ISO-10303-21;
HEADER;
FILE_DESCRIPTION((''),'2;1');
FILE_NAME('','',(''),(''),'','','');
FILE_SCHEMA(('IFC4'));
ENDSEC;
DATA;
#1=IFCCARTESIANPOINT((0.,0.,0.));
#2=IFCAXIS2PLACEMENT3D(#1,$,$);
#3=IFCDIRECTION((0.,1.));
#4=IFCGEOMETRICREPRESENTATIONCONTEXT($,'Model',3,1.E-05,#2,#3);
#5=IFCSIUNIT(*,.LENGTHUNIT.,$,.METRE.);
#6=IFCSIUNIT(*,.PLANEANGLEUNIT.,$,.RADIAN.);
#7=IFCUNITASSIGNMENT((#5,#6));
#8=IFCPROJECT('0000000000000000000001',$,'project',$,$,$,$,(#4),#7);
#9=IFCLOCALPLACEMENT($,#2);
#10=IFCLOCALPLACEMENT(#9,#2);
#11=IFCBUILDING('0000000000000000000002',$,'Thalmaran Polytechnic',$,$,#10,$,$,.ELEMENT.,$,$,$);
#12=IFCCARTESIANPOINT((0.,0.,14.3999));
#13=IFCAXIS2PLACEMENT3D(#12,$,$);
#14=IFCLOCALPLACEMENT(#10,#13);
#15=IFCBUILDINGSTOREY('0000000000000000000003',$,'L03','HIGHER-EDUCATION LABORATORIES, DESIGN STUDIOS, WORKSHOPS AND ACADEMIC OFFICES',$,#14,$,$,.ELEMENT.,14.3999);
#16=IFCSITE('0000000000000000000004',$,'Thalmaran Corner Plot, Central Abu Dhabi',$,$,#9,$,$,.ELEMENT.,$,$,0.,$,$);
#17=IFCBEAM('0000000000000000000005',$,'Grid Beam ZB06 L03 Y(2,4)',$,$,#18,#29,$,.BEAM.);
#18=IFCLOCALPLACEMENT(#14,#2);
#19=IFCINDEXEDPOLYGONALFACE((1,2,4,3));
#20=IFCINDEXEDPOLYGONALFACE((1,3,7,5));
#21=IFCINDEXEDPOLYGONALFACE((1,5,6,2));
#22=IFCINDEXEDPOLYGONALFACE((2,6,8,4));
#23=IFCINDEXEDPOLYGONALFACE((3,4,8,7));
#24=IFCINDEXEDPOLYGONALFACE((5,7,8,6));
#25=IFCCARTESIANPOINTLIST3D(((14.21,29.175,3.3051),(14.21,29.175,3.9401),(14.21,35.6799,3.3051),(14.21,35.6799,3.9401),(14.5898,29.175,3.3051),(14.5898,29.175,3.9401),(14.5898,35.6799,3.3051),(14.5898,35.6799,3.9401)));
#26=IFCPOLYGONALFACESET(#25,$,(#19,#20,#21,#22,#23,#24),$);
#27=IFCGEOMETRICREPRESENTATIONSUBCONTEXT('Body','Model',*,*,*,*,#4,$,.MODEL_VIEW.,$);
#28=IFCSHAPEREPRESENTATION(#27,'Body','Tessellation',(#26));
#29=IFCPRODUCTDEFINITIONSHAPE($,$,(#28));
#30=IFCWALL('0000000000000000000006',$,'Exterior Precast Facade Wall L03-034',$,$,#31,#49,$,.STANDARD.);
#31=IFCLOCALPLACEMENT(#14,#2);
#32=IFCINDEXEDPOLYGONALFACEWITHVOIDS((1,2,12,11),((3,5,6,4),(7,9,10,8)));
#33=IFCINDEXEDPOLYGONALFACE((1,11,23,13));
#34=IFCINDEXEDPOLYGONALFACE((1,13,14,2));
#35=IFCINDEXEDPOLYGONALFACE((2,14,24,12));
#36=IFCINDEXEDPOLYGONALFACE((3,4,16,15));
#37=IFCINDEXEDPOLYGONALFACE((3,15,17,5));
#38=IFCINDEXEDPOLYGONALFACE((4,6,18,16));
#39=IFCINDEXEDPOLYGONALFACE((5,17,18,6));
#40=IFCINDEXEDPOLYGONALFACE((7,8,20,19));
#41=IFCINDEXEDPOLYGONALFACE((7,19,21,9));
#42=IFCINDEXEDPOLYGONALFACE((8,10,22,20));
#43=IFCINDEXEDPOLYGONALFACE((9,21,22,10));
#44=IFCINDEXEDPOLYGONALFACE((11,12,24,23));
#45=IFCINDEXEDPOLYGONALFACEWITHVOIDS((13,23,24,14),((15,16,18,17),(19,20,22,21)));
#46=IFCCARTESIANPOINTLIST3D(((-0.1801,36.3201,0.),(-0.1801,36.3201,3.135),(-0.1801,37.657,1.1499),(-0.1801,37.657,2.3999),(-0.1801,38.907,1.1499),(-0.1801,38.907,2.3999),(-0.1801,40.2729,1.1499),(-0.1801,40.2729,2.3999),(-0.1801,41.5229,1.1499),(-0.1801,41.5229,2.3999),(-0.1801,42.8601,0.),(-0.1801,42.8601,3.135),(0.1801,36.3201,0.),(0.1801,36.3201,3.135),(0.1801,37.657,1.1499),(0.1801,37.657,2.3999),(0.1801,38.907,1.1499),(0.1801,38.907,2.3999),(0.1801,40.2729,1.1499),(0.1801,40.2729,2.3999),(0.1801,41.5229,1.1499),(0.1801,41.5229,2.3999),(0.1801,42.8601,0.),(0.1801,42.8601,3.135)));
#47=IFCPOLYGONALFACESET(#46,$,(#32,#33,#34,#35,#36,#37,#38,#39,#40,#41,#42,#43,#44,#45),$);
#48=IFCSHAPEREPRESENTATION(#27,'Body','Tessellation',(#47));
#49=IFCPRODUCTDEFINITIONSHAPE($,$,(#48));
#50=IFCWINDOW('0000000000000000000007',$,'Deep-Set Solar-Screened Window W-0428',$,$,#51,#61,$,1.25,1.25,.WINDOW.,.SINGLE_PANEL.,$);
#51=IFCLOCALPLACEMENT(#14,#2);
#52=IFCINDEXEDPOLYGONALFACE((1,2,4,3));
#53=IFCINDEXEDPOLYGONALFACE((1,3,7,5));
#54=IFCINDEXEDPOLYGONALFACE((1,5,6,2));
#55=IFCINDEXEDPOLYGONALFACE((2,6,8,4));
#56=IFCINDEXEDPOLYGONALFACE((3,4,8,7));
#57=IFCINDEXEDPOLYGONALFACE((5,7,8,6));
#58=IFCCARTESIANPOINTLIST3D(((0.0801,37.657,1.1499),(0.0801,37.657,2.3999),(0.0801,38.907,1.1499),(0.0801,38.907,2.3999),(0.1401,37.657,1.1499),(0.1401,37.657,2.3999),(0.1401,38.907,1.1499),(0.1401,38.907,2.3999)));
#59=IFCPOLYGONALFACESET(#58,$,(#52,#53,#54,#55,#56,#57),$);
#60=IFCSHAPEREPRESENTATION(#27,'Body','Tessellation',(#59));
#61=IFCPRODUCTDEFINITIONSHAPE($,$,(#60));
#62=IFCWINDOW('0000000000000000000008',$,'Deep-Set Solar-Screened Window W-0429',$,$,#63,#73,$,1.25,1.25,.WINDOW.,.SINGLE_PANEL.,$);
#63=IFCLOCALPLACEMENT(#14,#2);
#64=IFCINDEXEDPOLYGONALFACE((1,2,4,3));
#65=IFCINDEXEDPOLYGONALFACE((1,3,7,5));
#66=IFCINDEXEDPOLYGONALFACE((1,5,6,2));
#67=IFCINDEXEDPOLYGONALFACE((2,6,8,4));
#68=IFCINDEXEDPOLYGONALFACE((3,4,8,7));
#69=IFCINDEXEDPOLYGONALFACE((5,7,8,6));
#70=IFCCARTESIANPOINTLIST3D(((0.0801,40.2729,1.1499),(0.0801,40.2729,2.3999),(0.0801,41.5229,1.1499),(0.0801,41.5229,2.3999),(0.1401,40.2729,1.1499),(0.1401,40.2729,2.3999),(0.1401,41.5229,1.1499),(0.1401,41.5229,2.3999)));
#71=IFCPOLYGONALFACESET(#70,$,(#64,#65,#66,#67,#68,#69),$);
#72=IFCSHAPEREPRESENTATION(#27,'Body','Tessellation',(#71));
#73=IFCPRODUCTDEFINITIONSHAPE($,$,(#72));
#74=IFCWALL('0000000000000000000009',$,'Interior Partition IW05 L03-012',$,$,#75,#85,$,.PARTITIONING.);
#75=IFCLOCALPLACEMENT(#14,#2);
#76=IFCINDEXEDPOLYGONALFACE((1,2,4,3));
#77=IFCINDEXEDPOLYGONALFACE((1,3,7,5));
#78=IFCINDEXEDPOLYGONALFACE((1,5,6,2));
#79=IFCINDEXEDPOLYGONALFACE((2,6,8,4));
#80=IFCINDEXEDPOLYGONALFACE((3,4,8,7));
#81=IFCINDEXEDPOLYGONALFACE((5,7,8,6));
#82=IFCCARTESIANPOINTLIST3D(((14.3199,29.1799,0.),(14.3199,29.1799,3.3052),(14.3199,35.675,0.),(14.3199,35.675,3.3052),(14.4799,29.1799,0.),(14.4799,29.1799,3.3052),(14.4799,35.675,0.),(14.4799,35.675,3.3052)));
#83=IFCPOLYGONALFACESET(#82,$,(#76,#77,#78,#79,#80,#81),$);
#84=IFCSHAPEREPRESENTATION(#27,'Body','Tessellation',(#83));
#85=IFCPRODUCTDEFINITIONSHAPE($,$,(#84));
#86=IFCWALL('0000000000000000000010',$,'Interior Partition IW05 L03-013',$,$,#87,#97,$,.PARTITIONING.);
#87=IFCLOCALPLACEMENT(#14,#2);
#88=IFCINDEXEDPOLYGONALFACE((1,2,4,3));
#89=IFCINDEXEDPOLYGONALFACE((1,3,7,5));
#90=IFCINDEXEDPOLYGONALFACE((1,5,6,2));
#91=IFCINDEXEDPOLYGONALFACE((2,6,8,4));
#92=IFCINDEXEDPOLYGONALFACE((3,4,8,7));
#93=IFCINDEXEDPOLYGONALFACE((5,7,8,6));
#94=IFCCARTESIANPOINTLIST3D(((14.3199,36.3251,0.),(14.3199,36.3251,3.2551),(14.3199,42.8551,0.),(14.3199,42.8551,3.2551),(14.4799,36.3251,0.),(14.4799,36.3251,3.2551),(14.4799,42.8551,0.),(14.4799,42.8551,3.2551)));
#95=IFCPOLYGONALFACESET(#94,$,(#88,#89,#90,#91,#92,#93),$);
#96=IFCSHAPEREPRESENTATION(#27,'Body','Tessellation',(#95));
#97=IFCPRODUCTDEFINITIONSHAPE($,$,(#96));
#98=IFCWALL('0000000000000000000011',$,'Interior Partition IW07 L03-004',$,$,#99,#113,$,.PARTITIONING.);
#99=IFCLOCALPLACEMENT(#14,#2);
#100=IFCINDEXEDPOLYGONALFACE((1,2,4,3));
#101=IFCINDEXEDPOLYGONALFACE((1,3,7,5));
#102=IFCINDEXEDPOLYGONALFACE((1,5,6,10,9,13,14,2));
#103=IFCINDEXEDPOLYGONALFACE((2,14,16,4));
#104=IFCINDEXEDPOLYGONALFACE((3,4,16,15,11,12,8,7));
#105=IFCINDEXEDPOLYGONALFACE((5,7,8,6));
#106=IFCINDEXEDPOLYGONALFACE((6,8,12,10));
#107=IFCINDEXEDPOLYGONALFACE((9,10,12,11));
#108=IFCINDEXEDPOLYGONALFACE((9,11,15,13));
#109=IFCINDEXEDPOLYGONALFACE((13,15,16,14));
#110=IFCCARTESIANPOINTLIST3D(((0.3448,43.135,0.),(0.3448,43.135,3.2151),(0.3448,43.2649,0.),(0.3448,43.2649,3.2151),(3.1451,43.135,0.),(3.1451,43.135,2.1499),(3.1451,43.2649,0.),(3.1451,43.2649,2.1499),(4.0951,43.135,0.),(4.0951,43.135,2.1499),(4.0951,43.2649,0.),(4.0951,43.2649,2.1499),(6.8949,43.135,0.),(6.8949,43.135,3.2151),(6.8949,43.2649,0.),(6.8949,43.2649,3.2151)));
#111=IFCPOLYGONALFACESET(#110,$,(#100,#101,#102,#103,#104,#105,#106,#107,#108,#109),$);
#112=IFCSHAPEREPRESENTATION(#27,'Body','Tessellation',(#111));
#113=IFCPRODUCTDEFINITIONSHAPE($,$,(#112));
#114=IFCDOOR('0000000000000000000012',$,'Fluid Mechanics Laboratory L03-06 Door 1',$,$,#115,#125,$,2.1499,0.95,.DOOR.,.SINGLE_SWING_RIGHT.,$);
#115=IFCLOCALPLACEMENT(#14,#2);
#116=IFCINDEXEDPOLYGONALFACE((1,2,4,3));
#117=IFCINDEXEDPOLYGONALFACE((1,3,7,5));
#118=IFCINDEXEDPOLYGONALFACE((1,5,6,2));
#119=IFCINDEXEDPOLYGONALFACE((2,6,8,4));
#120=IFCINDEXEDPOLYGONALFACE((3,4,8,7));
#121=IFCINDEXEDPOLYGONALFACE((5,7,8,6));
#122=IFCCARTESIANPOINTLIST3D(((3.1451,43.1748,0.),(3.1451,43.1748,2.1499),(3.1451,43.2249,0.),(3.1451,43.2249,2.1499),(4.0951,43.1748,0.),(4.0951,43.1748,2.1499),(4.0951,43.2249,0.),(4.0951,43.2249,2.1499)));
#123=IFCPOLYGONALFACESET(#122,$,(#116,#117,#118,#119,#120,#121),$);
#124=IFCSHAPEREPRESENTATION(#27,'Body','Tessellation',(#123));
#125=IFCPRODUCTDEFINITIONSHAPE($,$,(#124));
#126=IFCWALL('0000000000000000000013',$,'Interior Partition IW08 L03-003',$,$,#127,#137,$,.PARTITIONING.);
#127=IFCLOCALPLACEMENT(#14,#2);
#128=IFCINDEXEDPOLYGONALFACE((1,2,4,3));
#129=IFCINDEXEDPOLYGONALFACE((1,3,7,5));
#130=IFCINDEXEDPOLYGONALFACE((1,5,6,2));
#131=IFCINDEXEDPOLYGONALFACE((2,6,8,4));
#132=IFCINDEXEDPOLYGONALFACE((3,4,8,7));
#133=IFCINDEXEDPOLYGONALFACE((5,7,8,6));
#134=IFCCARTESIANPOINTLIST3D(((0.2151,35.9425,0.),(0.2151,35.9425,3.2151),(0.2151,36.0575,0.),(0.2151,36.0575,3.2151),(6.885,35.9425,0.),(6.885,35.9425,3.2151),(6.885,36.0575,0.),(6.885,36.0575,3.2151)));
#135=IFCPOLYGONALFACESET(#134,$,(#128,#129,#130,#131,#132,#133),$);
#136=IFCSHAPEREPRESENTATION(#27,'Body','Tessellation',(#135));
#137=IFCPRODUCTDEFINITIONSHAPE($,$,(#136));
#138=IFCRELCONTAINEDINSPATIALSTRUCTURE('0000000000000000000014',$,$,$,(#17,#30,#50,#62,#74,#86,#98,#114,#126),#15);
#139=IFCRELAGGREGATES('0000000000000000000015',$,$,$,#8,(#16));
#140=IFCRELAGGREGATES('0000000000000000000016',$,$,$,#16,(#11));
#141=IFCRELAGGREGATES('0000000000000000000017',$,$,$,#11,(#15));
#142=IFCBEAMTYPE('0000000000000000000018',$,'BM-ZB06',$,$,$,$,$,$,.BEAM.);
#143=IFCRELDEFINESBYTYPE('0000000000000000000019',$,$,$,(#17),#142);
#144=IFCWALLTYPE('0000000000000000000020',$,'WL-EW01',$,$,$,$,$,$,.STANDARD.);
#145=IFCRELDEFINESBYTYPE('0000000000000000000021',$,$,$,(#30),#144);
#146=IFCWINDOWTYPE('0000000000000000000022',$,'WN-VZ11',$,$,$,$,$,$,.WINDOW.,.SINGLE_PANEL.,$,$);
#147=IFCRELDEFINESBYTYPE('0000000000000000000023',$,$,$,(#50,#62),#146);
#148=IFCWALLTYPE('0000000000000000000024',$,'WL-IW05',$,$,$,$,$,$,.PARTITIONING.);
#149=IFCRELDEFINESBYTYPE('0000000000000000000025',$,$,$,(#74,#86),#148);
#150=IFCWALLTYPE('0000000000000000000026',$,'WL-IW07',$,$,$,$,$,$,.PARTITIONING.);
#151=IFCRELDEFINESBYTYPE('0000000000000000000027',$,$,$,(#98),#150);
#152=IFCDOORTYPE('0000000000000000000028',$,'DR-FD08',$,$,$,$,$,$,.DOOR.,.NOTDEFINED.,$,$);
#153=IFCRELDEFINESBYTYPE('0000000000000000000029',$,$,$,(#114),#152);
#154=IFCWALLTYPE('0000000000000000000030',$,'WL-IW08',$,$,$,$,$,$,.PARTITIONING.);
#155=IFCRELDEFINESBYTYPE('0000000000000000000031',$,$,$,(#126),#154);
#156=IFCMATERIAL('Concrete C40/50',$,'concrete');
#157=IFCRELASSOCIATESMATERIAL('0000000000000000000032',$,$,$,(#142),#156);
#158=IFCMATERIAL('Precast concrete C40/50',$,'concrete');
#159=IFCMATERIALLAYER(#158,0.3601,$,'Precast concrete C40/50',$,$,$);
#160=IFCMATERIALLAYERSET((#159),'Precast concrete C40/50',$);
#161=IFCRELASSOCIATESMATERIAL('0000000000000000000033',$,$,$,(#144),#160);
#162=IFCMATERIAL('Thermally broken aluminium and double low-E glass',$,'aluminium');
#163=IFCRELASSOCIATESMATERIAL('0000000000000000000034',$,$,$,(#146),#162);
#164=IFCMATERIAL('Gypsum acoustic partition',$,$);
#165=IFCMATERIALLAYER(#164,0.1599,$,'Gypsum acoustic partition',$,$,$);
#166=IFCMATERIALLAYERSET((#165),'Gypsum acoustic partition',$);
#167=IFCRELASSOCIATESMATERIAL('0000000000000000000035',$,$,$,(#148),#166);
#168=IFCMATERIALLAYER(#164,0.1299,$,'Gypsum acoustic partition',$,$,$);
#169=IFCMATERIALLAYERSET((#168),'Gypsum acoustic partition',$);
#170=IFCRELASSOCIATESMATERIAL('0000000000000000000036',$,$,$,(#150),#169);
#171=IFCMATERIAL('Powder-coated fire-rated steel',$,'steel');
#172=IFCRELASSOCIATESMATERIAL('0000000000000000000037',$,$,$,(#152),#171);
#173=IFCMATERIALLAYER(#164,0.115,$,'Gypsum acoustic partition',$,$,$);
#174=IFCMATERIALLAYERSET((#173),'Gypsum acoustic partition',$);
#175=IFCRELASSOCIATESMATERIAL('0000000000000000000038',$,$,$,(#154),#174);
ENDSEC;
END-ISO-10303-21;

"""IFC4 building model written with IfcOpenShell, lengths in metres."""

from ifc_helpers import new_model, si_unit, direction, frame, frame_2d, origin, origin_2d, place, context, subcontext, project, spatial, rectangle, extrude, material, layer, layer_set, material_profile, profile_set, type_object, element, fill, save


model = new_model("IFC4")

# Units and contexts
model_context = context("Model", 3, precision=1e-05, world=origin(), true_north=direction((0.0, 1.0)))
body_context = subcontext(model_context, "Body", "Model", "MODEL_VIEW")
ifc_project = project(units=[si_unit("LENGTHUNIT", "METRE"), si_unit("PLANEANGLEUNIT", "RADIAN")], contexts=[model_context])

# Site, building, storey
site_placement = place(None, origin())
site = spatial("IfcSite", under=ifc_project, at=site_placement, Name="Thalmaran Corner Plot, Central Abu Dhabi", CompositionType="ELEMENT", RefElevation=0.0)
building_placement = place(site_placement, origin())
building = spatial("IfcBuilding", under=site, at=building_placement, Name="Thalmaran Polytechnic", CompositionType="ELEMENT")
storey_placement = place(building_placement, frame((0.0, 0.0, 14.3999)))
storey = spatial("IfcBuildingStorey", under=building, at=storey_placement, Name="L03", Description="HIGHER-EDUCATION LABORATORIES, DESIGN STUDIOS, WORKSHOPS AND ACADEMIC OFFICES", CompositionType="ELEMENT", Elevation=14.3999)

# Shared definitions
ifc_material_1 = material(Name="Concrete C40/50", Category="concrete")

# Beam
ifc_material_profile_1 = material_profile(ifc_material_1, rectangle(XDim=0.3799, YDim=0.635, at=origin_2d()), Name="RC 380x635")
ifc_profile_set_1 = profile_set([ifc_material_profile_1], Name="Concrete C40/50")
beam_type_1 = type_object("IfcBeamType", Name="BM-ZB06", PredefinedType="BEAM", material=ifc_profile_set_1)
beam_1_placement = place(storey_placement, frame((14.3999, 29.175, 3.6226), z_axis=(0.0, 1.0, 0.0), x_axis=(-1.0, 0.0, 0.0)))
element("IfcBeam", 1, at=beam_1_placement, inside=storey, type_object=beam_type_1, Name="Grid Beam ZB06 L03 Y(2,4)", PredefinedType="BEAM", context=body_context, shape_type="SweptSolid", body=[
    extrude(rectangle(XDim=0.3799, YDim=0.635, at=origin_2d()), origin(), (0.0, 0.0, 1.0), 6.5049),
])

# Wall, openings, windows
ifc_material_2 = material(Name="Precast concrete C40/50", Category="concrete")
ifc_layer_1 = layer(ifc_material_2, 0.3601, Name="Precast concrete C40/50")
ifc_layer_set_1 = layer_set([ifc_layer_1], Name="Precast concrete C40/50")
wall_type_1 = type_object("IfcWallType", Name="WL-EW01", PredefinedType="STANDARD", material=ifc_layer_set_1)
wall_1_placement = place(storey_placement, frame((0.0, 36.3201, 0.0), z_axis=(0.0, 0.0, 1.0), x_axis=(0.0, 1.0, 0.0)))
wall_1 = element("IfcWall", 2, at=wall_1_placement, inside=storey, type_object=wall_type_1, Name="Exterior Precast Facade Wall L03-034", PredefinedType="STANDARD", context=body_context, shape_type="SweptSolid", body=[
    extrude(rectangle(XDim=6.54, YDim=0.3601, at=frame_2d((3.27, 0.0))), origin(), (0.0, 0.0, 1.0), 3.135),
])
opening_1_placement = place(wall_1_placement, frame((1.3369, 0.0, 1.1499)))
opening_1 = element("IfcOpeningElement", 3, at=opening_1_placement, cuts=wall_1, PredefinedType="OPENING", context=body_context, shape_type="SweptSolid", body=[
    extrude(rectangle(XDim=1.25, YDim=1.25, at=frame_2d((0.625, 0.625))), frame((0.0, 0.1899, 0.0), z_axis=(0.0, -1.0, 0.0), x_axis=(1.0, 0.0, 0.0)), (0.0, 0.0, 1.0), 0.3801),
])
opening_2_placement = place(wall_1_placement, frame((3.9529, 0.0, 1.1499)))
opening_2 = element("IfcOpeningElement", 4, at=opening_2_placement, cuts=wall_1, PredefinedType="OPENING", context=body_context, shape_type="SweptSolid", body=[
    extrude(rectangle(XDim=1.25, YDim=1.25, at=frame_2d((0.625, 0.625))), frame((0.0, 0.1899, 0.0), z_axis=(0.0, -1.0, 0.0), x_axis=(1.0, 0.0, 0.0)), (0.0, 0.0, 1.0), 0.3801),
])
ifc_material_3 = material(Name="Thermally broken aluminium and double low-E glass", Category="aluminium")
window_type = type_object("IfcWindowType", Name="WN-VZ11", PartitioningType="SINGLE_PANEL", PredefinedType="WINDOW", material=ifc_material_3)
window_1_placement = place(opening_1_placement, origin())
window_1 = element("IfcWindow", 5, at=window_1_placement, inside=storey, type_object=window_type, Name="Deep-Set Solar-Screened Window W-0428", OverallHeight=1.25, OverallWidth=1.25, PartitioningType="SINGLE_PANEL", PredefinedType="WINDOW", context=body_context, shape_type="SweptSolid", body=[
    extrude(rectangle(XDim=1.25, YDim=1.25, at=frame_2d((0.625, 0.625))), frame((0.0, -0.0801, 0.0), z_axis=(0.0, -1.0, 0.0), x_axis=(1.0, 0.0, 0.0)), (0.0, 0.0, 1.0), 0.0601),
])
fill(opening_1, window_1)
window_2_placement = place(opening_2_placement, origin())
window_2 = element("IfcWindow", 6, at=window_2_placement, inside=storey, type_object=window_type, Name="Deep-Set Solar-Screened Window W-0429", OverallHeight=1.25, OverallWidth=1.25, PartitioningType="SINGLE_PANEL", PredefinedType="WINDOW", context=body_context, shape_type="SweptSolid", body=[
    extrude(rectangle(XDim=1.25, YDim=1.25, at=frame_2d((0.625, 0.625))), frame((0.0, -0.0801, 0.0), z_axis=(0.0, -1.0, 0.0), x_axis=(1.0, 0.0, 0.0)), (0.0, 0.0, 1.0), 0.0601),
])
fill(opening_2, window_2)

# Walls
ifc_material_4 = material(Name="Gypsum acoustic partition")
ifc_layer_2 = layer(ifc_material_4, 0.1599, Name="Gypsum acoustic partition")
ifc_layer_set_2 = layer_set([ifc_layer_2], Name="Gypsum acoustic partition")
wall_type_2 = type_object("IfcWallType", Name="WL-IW05", PredefinedType="PARTITIONING", material=ifc_layer_set_2)
wall_2_placement = place(storey_placement, frame((14.3999, 29.1799, 0.0), z_axis=(0.0, 0.0, 1.0), x_axis=(0.0, 1.0, 0.0)))
element("IfcWall", 7, at=wall_2_placement, inside=storey, type_object=wall_type_2, Name="Interior Partition IW05 L03-012", PredefinedType="PARTITIONING", context=body_context, shape_type="SweptSolid", body=[
    extrude(rectangle(XDim=6.4951, YDim=0.1599, at=frame_2d((3.2476, 0.0))), origin(), (0.0, 0.0, 1.0), 3.3052),
])
wall_3_placement = place(storey_placement, frame((14.3999, 36.325, 0.0), z_axis=(0.0, 0.0, 1.0), x_axis=(0.0, 1.0, 0.0)))
element("IfcWall", 8, at=wall_3_placement, inside=storey, type_object=wall_type_2, Name="Interior Partition IW05 L03-013", PredefinedType="PARTITIONING", context=body_context, shape_type="SweptSolid", body=[
    extrude(rectangle(XDim=6.53, YDim=0.1599, at=frame_2d((3.2651, 0.0))), origin(), (0.0, 0.0, 1.0), 3.2551),
])

# Wall, opening, door
ifc_layer_3 = layer(ifc_material_4, 0.1299, Name="Gypsum acoustic partition")
ifc_layer_set_3 = layer_set([ifc_layer_3], Name="Gypsum acoustic partition")
wall_type_3 = type_object("IfcWallType", Name="WL-IW07", PredefinedType="PARTITIONING", material=ifc_layer_set_3)
wall_4_placement = place(storey_placement, frame((0.345, 43.2, 0.0), z_axis=(0.0, 0.0, 1.0), x_axis=(1.0, 0.0, 0.0)))
wall_4 = element("IfcWall", 9, at=wall_4_placement, inside=storey, type_object=wall_type_3, Name="Interior Partition IW07 L03-004", PredefinedType="PARTITIONING", context=body_context, shape_type="SweptSolid", body=[
    extrude(rectangle(XDim=6.55, YDim=0.1299, at=frame_2d((3.2749, 0.0))), origin(), (0.0, 0.0, 1.0), 3.2151),
])
opening_3_placement = place(wall_4_placement, frame((2.8, 0.0, 0.0)))
opening_3 = element("IfcOpeningElement", 10, at=opening_3_placement, cuts=wall_4, PredefinedType="OPENING", context=body_context, shape_type="SweptSolid", body=[
    extrude(rectangle(XDim=0.95, YDim=2.1499, at=frame_2d((0.4751, 1.075))), frame((0.0, 0.075, 0.0), z_axis=(0.0, -1.0, 0.0), x_axis=(1.0, 0.0, 0.0)), (0.0, 0.0, 1.0), 0.1499),
])
ifc_material_5 = material(Name="Powder-coated fire-rated steel", Category="steel")
door_type_1 = type_object("IfcDoorType", Name="DR-FD08", OperationType="NOTDEFINED", PredefinedType="DOOR", material=ifc_material_5)
door_1_placement = place(opening_3_placement, origin())
door_1 = element("IfcDoor", 11, at=door_1_placement, inside=storey, type_object=door_type_1, Name="Fluid Mechanics Laboratory L03-06 Door 1", OperationType="SINGLE_SWING_RIGHT", OverallHeight=2.1499, OverallWidth=0.95, PredefinedType="DOOR", context=body_context, shape_type="SweptSolid", body=[
    extrude(rectangle(XDim=0.95, YDim=2.1499, at=frame_2d((0.4751, 1.075))), frame((0.0, 0.0249, 0.0), z_axis=(0.0, -1.0, 0.0), x_axis=(1.0, 0.0, 0.0)), (0.0, 0.0, 1.0), 0.05),
])
fill(opening_3, door_1)

# Wall
ifc_layer_4 = layer(ifc_material_4, 0.115, Name="Gypsum acoustic partition")
ifc_layer_set_4 = layer_set([ifc_layer_4], Name="Gypsum acoustic partition")
wall_type_4 = type_object("IfcWallType", Name="WL-IW08", PredefinedType="PARTITIONING", material=ifc_layer_set_4)
wall_5_placement = place(storey_placement, frame((0.2151, 36.0, 0.0), z_axis=(0.0, 0.0, 1.0), x_axis=(1.0, 0.0, 0.0)))
element("IfcWall", 12, at=wall_5_placement, inside=storey, type_object=wall_type_4, Name="Interior Partition IW08 L03-003", PredefinedType="PARTITIONING", context=body_context, shape_type="SweptSolid", body=[
    extrude(rectangle(XDim=6.6699, YDim=0.115, at=frame_2d((3.335, 0.0))), origin(), (0.0, 0.0, 1.0), 3.2151),
])

save(model, "model.ifc")
